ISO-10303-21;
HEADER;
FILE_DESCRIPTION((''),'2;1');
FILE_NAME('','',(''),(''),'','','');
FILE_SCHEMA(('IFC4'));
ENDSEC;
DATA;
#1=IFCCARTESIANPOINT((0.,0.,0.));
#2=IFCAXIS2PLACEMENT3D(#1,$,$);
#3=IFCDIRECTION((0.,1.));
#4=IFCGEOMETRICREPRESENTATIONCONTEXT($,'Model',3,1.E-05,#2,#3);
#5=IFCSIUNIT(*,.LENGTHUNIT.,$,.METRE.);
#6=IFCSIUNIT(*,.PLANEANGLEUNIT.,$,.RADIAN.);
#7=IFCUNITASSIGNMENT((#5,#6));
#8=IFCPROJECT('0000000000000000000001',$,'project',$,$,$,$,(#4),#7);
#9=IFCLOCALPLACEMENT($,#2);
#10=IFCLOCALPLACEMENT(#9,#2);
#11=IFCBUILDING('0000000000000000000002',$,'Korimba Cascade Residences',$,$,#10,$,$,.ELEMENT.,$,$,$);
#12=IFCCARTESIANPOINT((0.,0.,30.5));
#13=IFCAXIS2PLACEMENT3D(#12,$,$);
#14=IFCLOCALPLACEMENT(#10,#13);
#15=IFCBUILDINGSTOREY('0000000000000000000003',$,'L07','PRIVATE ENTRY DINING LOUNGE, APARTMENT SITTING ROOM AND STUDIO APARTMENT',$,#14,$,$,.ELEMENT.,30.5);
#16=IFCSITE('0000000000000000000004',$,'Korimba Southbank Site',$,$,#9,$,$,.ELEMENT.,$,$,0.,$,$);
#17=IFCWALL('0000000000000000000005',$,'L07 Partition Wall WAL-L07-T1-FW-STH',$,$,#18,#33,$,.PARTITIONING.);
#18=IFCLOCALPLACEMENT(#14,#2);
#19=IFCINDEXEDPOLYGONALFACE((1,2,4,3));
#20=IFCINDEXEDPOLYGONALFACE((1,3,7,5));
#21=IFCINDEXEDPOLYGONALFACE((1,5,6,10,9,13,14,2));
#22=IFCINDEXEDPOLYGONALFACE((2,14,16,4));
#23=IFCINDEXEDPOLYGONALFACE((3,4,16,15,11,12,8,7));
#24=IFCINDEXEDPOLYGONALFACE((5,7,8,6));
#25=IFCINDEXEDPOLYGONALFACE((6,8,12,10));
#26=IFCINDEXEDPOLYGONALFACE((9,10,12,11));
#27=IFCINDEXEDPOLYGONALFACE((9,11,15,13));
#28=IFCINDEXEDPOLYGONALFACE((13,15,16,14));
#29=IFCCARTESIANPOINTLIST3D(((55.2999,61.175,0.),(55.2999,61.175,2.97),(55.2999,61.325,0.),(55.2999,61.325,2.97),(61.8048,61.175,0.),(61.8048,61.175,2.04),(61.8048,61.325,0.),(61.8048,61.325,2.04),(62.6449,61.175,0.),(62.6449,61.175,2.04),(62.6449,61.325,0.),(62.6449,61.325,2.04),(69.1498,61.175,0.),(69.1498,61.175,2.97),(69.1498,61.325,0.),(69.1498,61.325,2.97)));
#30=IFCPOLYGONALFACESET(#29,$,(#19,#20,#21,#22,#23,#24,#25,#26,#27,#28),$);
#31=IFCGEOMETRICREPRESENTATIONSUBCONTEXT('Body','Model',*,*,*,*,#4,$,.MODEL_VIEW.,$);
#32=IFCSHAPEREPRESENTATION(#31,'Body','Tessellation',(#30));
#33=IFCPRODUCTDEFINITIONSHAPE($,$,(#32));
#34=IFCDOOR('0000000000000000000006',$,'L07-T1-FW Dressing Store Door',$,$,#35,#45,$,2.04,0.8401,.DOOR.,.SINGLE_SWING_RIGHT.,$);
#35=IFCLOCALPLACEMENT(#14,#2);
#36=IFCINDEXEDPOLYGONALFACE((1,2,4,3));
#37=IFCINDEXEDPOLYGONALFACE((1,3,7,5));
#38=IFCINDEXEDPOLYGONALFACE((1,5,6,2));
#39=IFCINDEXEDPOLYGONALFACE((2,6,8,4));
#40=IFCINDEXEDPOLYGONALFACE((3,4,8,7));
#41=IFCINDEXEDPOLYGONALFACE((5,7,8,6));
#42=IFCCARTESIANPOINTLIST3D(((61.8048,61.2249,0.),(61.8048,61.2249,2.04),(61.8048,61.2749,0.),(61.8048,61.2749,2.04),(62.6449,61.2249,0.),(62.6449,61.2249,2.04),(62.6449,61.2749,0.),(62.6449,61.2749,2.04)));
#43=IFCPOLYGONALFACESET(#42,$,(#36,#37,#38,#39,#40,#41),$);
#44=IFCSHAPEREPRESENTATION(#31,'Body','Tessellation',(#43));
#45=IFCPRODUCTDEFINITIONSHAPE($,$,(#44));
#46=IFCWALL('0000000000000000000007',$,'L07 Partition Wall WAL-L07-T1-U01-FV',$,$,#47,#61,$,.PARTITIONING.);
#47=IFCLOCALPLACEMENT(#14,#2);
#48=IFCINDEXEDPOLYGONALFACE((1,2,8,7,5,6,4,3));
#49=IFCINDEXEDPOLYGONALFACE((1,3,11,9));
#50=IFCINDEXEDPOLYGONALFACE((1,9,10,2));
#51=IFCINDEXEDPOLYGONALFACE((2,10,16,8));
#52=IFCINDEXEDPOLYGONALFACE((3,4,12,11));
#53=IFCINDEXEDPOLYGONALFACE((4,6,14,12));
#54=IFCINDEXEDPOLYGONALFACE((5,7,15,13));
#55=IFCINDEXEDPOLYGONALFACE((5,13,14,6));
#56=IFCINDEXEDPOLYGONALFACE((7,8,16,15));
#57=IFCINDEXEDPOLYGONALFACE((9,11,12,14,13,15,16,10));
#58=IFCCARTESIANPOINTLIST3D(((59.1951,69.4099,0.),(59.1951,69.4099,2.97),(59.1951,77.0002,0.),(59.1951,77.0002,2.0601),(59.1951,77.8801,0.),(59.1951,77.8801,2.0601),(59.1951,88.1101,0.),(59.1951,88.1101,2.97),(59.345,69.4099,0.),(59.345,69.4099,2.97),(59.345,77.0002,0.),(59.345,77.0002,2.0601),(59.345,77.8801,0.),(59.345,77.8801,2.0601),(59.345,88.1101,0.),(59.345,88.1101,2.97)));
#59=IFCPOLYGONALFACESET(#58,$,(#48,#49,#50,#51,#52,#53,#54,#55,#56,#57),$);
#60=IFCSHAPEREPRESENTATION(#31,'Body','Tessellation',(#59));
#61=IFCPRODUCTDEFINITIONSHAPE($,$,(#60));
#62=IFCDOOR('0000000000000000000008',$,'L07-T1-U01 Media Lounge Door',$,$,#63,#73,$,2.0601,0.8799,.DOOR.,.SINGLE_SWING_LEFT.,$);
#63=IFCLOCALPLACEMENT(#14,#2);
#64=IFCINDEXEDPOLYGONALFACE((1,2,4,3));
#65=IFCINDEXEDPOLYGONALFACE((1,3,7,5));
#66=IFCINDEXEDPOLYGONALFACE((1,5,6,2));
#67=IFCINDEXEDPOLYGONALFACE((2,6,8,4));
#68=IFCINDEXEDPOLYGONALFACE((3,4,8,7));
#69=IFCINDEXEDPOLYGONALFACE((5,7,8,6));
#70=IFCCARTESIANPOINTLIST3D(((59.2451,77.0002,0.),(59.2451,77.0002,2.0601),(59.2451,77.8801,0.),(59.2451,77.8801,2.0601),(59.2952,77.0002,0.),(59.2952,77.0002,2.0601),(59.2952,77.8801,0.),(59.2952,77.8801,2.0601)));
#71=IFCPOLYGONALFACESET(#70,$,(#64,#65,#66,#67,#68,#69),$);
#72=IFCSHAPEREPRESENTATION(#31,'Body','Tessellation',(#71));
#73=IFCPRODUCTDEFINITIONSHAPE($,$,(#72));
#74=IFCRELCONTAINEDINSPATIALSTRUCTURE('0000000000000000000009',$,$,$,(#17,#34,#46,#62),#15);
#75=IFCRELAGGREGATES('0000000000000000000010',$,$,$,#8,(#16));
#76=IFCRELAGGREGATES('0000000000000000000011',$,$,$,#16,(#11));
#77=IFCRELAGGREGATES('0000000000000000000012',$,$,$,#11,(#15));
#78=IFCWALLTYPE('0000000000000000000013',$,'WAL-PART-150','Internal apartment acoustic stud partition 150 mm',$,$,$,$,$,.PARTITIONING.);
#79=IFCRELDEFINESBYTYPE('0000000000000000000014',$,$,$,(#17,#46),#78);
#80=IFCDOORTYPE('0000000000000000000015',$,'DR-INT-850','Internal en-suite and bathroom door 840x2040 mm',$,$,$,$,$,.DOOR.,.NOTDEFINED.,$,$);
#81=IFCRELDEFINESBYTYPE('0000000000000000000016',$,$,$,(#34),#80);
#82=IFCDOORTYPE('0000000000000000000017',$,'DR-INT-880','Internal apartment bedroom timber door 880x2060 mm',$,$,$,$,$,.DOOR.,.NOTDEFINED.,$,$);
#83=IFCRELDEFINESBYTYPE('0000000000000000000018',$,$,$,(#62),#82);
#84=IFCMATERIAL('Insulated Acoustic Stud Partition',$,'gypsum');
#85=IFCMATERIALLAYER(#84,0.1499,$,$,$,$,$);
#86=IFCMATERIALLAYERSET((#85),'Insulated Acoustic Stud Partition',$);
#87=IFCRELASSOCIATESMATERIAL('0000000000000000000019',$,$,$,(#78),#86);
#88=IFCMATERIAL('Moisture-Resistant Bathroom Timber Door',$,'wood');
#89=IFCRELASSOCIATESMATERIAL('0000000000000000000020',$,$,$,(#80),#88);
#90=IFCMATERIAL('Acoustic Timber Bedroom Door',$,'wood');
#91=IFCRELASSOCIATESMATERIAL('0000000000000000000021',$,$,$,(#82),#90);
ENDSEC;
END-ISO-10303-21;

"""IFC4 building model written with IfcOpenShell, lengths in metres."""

from ifc_helpers import new_model, si_unit, direction, frame, frame_2d, origin, place, context, subcontext, project, spatial, rectangle, extrude, material, layer, layer_set, type_object, element, fill, save


model = new_model("IFC4")

# Units and contexts
model_context = context("Model", 3, precision=1e-05, world=origin(), true_north=direction((0.0, 1.0)))
body_context = subcontext(model_context, "Body", "Model", "MODEL_VIEW")
ifc_project = project(units=[si_unit("LENGTHUNIT", "METRE"), si_unit("PLANEANGLEUNIT", "RADIAN")], contexts=[model_context])

# Site, building, storey
site_placement = place(None, origin())
site = spatial("IfcSite", under=ifc_project, at=site_placement, Name="Korimba Southbank Site", CompositionType="ELEMENT", RefElevation=0.0)
building_placement = place(site_placement, origin())
building = spatial("IfcBuilding", under=site, at=building_placement, Name="Korimba Cascade Residences", CompositionType="ELEMENT")
storey_placement = place(building_placement, frame((0.0, 0.0, 30.5)))
storey = spatial("IfcBuildingStorey", under=building, at=storey_placement, Name="L07", Description="PRIVATE ENTRY DINING LOUNGE, APARTMENT SITTING ROOM AND STUDIO APARTMENT", CompositionType="ELEMENT", Elevation=30.5)

# Walls, openings, doors
ifc_material_1 = material(Name="Insulated Acoustic Stud Partition", Category="gypsum")
ifc_layer_1 = layer(ifc_material_1, 0.1499)
ifc_layer_set_1 = layer_set([ifc_layer_1], Name="Insulated Acoustic Stud Partition")
wall_type_1 = type_object("IfcWallType", Name="WAL-PART-150", Description="Internal apartment acoustic stud partition 150 mm", PredefinedType="PARTITIONING", material=ifc_layer_set_1)
wall_1_placement = place(storey_placement, frame((55.3, 61.25, 0.0), z_axis=(0.0, 0.0, 1.0), x_axis=(1.0, 0.0, 0.0)))
wall_1 = element("IfcWall", 1, at=wall_1_placement, inside=storey, type_object=wall_type_1, Name="L07 Partition Wall WAL-L07-T1-FW-STH", PredefinedType="PARTITIONING", context=body_context, shape_type="SweptSolid", body=[
    extrude(rectangle(XDim=13.8499, YDim=0.1499, at=frame_2d((6.9248, 0.0))), origin(), (0.0, 0.0, 1.0), 2.97),
])
opening_1_placement = place(wall_1_placement, frame((6.5049, 0.0, 0.0)))
opening_1 = element("IfcOpeningElement", 2, at=opening_1_placement, cuts=wall_1, PredefinedType="OPENING", context=body_context, shape_type="SweptSolid", body=[
    extrude(rectangle(XDim=0.8401, YDim=2.04, at=frame_2d((0.4199, 1.02))), frame((0.0, 0.085, 0.0), z_axis=(0.0, -1.0, 0.0), x_axis=(1.0, 0.0, 0.0)), (0.0, 0.0, 1.0), 0.1699),
])
ifc_material_2 = material(Name="Moisture-Resistant Bathroom Timber Door", Category="wood")
door_type_1 = type_object("IfcDoorType", Name="DR-INT-850", Description="Internal en-suite and bathroom door 840x2040 mm", OperationType="NOTDEFINED", PredefinedType="DOOR", material=ifc_material_2)
door_1_placement = place(opening_1_placement, origin())
door_1 = element("IfcDoor", 3, at=door_1_placement, inside=storey, type_object=door_type_1, Name="L07-T1-FW Dressing Store Door", OperationType="SINGLE_SWING_RIGHT", OverallHeight=2.04, OverallWidth=0.8401, PredefinedType="DOOR", context=body_context, shape_type="SweptSolid", body=[
    extrude(rectangle(XDim=0.8401, YDim=2.04, at=frame_2d((0.4199, 1.02))), frame((0.0, 0.0249, 0.0), z_axis=(0.0, -1.0, 0.0), x_axis=(1.0, 0.0, 0.0)), (0.0, 0.0, 1.0), 0.05),
])
fill(opening_1, door_1)
wall_2_placement = place(storey_placement, frame((59.27, 69.4099, 0.0), z_axis=(0.0, 0.0, 1.0), x_axis=(0.0, 1.0, 0.0)))
wall_2 = element("IfcWall", 4, at=wall_2_placement, inside=storey, type_object=wall_type_1, Name="L07 Partition Wall WAL-L07-T1-U01-FV", PredefinedType="PARTITIONING", context=body_context, shape_type="SweptSolid", body=[
    extrude(rectangle(XDim=18.7002, YDim=0.1499, at=frame_2d((9.3501, 0.0))), origin(), (0.0, 0.0, 1.0), 2.97),
])
opening_2_placement = place(wall_2_placement, frame((7.5903, 0.0, 0.0)))
opening_2 = element("IfcOpeningElement", 5, at=opening_2_placement, cuts=wall_2, PredefinedType="OPENING", context=body_context, shape_type="SweptSolid", body=[
    extrude(rectangle(XDim=0.8799, YDim=2.0601, at=frame_2d((0.4399, 1.03))), frame((0.0, 0.085, 0.0), z_axis=(0.0, -1.0, 0.0), x_axis=(1.0, 0.0, 0.0)), (0.0, 0.0, 1.0), 0.1699),
])
ifc_material_3 = material(Name="Acoustic Timber Bedroom Door", Category="wood")
door_type_2 = type_object("IfcDoorType", Name="DR-INT-880", Description="Internal apartment bedroom timber door 880x2060 mm", OperationType="NOTDEFINED", PredefinedType="DOOR", material=ifc_material_3)
door_2_placement = place(opening_2_placement, origin())
door_2 = element("IfcDoor", 6, at=door_2_placement, inside=storey, type_object=door_type_2, Name="L07-T1-U01 Media Lounge Door", OperationType="SINGLE_SWING_LEFT", OverallHeight=2.0601, OverallWidth=0.8799, PredefinedType="DOOR", context=body_context, shape_type="SweptSolid", body=[
    extrude(rectangle(XDim=0.8799, YDim=2.0601, at=frame_2d((0.4399, 1.03))), frame((0.0, 0.0249, 0.0), z_axis=(0.0, -1.0, 0.0), x_axis=(1.0, 0.0, 0.0)), (0.0, 0.0, 1.0), 0.05),
])
fill(opening_2, door_2)

save(model, "model.ifc")
